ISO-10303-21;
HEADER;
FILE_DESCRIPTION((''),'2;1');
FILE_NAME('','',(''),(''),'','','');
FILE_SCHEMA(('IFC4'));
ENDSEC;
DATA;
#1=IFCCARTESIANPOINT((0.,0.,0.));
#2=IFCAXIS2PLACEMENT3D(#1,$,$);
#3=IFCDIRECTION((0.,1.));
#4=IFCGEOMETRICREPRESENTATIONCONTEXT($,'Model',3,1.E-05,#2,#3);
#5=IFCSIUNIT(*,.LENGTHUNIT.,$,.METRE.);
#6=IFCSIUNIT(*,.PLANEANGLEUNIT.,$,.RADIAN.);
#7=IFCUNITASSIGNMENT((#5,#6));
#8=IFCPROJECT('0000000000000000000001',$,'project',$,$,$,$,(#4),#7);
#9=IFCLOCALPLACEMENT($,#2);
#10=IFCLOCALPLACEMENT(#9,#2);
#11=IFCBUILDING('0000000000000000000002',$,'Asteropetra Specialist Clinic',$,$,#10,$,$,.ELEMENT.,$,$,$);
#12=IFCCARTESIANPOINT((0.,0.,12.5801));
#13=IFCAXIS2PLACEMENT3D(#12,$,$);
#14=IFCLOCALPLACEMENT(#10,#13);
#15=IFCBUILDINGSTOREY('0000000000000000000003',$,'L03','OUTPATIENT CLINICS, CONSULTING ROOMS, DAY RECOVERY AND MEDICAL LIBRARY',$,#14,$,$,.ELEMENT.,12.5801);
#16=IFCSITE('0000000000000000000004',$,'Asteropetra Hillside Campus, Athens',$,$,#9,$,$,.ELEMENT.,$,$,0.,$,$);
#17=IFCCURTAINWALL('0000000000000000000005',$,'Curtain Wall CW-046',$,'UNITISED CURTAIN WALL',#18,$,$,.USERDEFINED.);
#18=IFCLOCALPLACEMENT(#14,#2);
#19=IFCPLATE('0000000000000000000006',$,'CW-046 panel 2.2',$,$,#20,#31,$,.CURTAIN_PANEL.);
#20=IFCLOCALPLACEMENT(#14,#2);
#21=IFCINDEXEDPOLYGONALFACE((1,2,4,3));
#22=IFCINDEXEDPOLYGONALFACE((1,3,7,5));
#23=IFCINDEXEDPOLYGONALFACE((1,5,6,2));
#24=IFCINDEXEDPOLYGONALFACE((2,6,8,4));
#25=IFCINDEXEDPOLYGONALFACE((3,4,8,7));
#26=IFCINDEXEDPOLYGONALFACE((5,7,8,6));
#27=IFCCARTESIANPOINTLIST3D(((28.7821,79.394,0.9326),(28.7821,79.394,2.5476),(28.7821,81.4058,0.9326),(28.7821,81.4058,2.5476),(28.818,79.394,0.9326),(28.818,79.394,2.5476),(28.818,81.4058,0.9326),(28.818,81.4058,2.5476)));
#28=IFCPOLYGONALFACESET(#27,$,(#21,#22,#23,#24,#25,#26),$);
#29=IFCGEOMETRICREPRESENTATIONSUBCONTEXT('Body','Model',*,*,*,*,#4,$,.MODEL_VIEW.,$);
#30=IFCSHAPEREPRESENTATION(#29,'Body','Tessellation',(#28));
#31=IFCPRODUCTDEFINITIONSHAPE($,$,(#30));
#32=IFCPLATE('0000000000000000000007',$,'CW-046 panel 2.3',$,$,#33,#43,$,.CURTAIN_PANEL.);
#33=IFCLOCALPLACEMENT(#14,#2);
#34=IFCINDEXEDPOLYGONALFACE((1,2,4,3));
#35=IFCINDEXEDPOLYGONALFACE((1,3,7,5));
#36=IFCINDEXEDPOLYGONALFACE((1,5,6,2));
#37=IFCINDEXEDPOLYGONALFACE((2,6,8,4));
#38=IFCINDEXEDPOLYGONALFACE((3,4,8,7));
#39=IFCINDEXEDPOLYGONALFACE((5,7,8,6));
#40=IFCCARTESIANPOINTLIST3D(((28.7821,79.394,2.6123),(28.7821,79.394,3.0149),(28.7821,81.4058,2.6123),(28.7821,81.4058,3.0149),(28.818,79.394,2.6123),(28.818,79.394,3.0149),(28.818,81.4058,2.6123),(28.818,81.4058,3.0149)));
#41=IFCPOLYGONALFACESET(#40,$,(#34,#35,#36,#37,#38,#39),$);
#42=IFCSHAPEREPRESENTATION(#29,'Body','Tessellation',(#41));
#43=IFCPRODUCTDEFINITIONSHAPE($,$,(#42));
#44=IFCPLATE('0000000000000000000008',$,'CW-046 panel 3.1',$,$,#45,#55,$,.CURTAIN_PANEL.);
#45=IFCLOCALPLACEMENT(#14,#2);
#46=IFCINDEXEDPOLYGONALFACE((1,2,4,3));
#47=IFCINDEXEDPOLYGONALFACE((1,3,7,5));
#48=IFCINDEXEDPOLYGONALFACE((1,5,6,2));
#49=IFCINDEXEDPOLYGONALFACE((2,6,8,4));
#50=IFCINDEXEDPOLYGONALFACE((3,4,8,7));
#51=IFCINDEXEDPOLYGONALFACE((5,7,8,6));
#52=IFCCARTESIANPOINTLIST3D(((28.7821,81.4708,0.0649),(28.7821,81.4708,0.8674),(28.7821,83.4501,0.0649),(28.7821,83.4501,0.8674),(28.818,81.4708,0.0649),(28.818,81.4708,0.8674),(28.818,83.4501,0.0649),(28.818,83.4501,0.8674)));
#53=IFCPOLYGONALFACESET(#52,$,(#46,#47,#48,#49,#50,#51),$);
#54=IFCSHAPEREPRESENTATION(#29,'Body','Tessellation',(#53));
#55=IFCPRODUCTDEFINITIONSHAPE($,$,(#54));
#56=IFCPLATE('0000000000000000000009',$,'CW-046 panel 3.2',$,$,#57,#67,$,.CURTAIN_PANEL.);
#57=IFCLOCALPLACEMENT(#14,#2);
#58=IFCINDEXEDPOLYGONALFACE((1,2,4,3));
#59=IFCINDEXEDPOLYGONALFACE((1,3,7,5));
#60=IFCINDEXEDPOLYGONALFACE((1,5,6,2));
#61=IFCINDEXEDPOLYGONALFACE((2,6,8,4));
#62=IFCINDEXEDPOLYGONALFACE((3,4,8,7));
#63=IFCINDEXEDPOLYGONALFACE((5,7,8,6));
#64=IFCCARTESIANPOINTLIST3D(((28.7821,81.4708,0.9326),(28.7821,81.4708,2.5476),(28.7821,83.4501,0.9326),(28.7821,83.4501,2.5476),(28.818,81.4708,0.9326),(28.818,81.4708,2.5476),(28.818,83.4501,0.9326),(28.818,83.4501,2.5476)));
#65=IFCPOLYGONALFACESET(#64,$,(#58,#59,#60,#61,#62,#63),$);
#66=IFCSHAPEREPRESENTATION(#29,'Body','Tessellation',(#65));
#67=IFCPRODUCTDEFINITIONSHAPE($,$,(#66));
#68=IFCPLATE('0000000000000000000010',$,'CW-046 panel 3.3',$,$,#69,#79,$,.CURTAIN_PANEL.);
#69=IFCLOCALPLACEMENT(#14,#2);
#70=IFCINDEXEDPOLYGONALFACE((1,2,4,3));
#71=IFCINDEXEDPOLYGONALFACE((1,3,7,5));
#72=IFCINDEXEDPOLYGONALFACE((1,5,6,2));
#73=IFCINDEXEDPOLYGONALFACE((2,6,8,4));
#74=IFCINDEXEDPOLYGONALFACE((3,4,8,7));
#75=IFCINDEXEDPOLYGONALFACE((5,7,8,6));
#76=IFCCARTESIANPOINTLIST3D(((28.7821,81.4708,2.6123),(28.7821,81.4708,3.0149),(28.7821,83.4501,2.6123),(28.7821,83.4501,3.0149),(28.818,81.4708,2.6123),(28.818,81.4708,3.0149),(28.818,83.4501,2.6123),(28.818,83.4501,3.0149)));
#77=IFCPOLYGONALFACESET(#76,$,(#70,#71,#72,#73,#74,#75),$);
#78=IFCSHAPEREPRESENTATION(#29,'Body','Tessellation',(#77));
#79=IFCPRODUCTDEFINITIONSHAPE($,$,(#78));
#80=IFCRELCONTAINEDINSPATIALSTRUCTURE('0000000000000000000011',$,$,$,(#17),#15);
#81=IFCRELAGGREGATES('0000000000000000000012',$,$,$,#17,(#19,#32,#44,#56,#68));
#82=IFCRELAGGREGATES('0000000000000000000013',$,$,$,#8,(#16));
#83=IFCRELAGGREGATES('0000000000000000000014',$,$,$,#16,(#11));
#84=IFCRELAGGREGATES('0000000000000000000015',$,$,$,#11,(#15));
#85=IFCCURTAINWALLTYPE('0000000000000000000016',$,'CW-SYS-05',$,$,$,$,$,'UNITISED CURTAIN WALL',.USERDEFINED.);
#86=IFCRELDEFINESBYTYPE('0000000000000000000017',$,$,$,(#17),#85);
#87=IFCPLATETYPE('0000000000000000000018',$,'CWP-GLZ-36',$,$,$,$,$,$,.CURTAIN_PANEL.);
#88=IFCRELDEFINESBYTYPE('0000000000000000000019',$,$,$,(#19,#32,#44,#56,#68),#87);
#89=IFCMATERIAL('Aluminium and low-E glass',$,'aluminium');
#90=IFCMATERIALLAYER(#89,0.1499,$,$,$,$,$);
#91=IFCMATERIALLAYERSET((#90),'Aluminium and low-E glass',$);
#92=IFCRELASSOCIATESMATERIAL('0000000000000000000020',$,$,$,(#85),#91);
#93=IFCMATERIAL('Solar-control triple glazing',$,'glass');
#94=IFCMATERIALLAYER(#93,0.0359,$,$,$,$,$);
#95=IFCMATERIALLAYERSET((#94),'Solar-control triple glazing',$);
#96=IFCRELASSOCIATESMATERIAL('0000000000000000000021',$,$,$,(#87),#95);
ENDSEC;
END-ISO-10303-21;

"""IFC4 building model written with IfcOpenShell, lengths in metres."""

from ifc_helpers import new_model, si_unit, direction, frame, origin, origin_2d, place, context, subcontext, project, spatial, rectangle, extrude, material, layer, layer_set, type_object, element, aggregate, save


model = new_model("IFC4")

# Units and contexts
model_context = context("Model", 3, precision=1e-05, world=origin(), true_north=direction((0.0, 1.0)))
body_context = subcontext(model_context, "Body", "Model", "MODEL_VIEW")
ifc_project = project(units=[si_unit("LENGTHUNIT", "METRE"), si_unit("PLANEANGLEUNIT", "RADIAN")], contexts=[model_context])

# Site, building, storey
site_placement = place(None, origin())
site = spatial("IfcSite", under=ifc_project, at=site_placement, Name="Asteropetra Hillside Campus, Athens", CompositionType="ELEMENT", RefElevation=0.0)
building_placement = place(site_placement, origin())
building = spatial("IfcBuilding", under=site, at=building_placement, Name="Asteropetra Specialist Clinic", CompositionType="ELEMENT")
storey_placement = place(building_placement, frame((0.0, 0.0, 12.5801)))
storey = spatial("IfcBuildingStorey", under=building, at=storey_placement, Name="L03", Description="OUTPATIENT CLINICS, CONSULTING ROOMS, DAY RECOVERY AND MEDICAL LIBRARY", CompositionType="ELEMENT", Elevation=12.5801)

# Curtain wall, plates
ifc_material_1 = material(Name="Aluminium and low-E glass", Category="aluminium")
ifc_layer_1 = layer(ifc_material_1, 0.1499)
ifc_layer_set_1 = layer_set([ifc_layer_1], Name="Aluminium and low-E glass")
curtain_wall_type = type_object("IfcCurtainWallType", Name="CW-SYS-05", ElementType="UNITISED CURTAIN WALL", PredefinedType="USERDEFINED", material=ifc_layer_set_1)
curtain_wall_placement = place(storey_placement, origin())
curtain_wall = element("IfcCurtainWall", 1, at=curtain_wall_placement, inside=storey, type_object=curtain_wall_type, Name="Curtain Wall CW-046", ObjectType="UNITISED CURTAIN WALL", PredefinedType="USERDEFINED")
ifc_material_2 = material(Name="Solar-control triple glazing", Category="glass")
ifc_layer_2 = layer(ifc_material_2, 0.0359)
ifc_layer_set_2 = layer_set([ifc_layer_2], Name="Solar-control triple glazing")
plate_type = type_object("IfcPlateType", Name="CWP-GLZ-36", PredefinedType="CURTAIN_PANEL", material=ifc_layer_set_2)
plate_1_placement = place(storey_placement, frame((28.8, 80.3999, 0.9326), z_axis=(0.0, 0.0, 1.0), x_axis=(0.0, 1.0, 0.0)))
plate_1 = element("IfcPlate", 2, at=plate_1_placement, type_object=plate_type, Name="CW-046 panel 2.2", PredefinedType="CURTAIN_PANEL", context=body_context, shape_type="SweptSolid", body=[
    extrude(rectangle(XDim=2.0117, YDim=0.0359, at=origin_2d()), origin(), (0.0, 0.0, 1.0), 1.615),
])
plate_2_placement = place(storey_placement, frame((28.8, 80.3999, 2.6123), z_axis=(0.0, 0.0, 1.0), x_axis=(0.0, 1.0, 0.0)))
plate_2 = element("IfcPlate", 3, at=plate_2_placement, type_object=plate_type, Name="CW-046 panel 2.3", PredefinedType="CURTAIN_PANEL", context=body_context, shape_type="SweptSolid", body=[
    extrude(rectangle(XDim=2.0117, YDim=0.0359, at=origin_2d()), origin(), (0.0, 0.0, 1.0), 0.4026),
])
plate_3_placement = place(storey_placement, frame((28.8, 82.4604, 0.0649), z_axis=(0.0, 0.0, 1.0), x_axis=(0.0, 1.0, 0.0)))
plate_3 = element("IfcPlate", 4, at=plate_3_placement, type_object=plate_type, Name="CW-046 panel 3.1", PredefinedType="CURTAIN_PANEL", context=body_context, shape_type="SweptSolid", body=[
    extrude(rectangle(XDim=1.9792, YDim=0.0359, at=origin_2d()), origin(), (0.0, 0.0, 1.0), 0.8025),
])
plate_4_placement = place(storey_placement, frame((28.8, 82.4604, 0.9326), z_axis=(0.0, 0.0, 1.0), x_axis=(0.0, 1.0, 0.0)))
plate_4 = element("IfcPlate", 5, at=plate_4_placement, type_object=plate_type, Name="CW-046 panel 3.2", PredefinedType="CURTAIN_PANEL", context=body_context, shape_type="SweptSolid", body=[
    extrude(rectangle(XDim=1.9792, YDim=0.0359, at=origin_2d()), origin(), (0.0, 0.0, 1.0), 1.615),
])
plate_5_placement = place(storey_placement, frame((28.8, 82.4604, 2.6123), z_axis=(0.0, 0.0, 1.0), x_axis=(0.0, 1.0, 0.0)))
plate_5 = element("IfcPlate", 6, at=plate_5_placement, type_object=plate_type, Name="CW-046 panel 3.3", PredefinedType="CURTAIN_PANEL", context=body_context, shape_type="SweptSolid", body=[
    extrude(rectangle(XDim=1.9792, YDim=0.0359, at=origin_2d()), origin(), (0.0, 0.0, 1.0), 0.4026),
])
aggregate(curtain_wall, [plate_1, plate_2, plate_3, plate_4, plate_5])

save(model, "model.ifc")
